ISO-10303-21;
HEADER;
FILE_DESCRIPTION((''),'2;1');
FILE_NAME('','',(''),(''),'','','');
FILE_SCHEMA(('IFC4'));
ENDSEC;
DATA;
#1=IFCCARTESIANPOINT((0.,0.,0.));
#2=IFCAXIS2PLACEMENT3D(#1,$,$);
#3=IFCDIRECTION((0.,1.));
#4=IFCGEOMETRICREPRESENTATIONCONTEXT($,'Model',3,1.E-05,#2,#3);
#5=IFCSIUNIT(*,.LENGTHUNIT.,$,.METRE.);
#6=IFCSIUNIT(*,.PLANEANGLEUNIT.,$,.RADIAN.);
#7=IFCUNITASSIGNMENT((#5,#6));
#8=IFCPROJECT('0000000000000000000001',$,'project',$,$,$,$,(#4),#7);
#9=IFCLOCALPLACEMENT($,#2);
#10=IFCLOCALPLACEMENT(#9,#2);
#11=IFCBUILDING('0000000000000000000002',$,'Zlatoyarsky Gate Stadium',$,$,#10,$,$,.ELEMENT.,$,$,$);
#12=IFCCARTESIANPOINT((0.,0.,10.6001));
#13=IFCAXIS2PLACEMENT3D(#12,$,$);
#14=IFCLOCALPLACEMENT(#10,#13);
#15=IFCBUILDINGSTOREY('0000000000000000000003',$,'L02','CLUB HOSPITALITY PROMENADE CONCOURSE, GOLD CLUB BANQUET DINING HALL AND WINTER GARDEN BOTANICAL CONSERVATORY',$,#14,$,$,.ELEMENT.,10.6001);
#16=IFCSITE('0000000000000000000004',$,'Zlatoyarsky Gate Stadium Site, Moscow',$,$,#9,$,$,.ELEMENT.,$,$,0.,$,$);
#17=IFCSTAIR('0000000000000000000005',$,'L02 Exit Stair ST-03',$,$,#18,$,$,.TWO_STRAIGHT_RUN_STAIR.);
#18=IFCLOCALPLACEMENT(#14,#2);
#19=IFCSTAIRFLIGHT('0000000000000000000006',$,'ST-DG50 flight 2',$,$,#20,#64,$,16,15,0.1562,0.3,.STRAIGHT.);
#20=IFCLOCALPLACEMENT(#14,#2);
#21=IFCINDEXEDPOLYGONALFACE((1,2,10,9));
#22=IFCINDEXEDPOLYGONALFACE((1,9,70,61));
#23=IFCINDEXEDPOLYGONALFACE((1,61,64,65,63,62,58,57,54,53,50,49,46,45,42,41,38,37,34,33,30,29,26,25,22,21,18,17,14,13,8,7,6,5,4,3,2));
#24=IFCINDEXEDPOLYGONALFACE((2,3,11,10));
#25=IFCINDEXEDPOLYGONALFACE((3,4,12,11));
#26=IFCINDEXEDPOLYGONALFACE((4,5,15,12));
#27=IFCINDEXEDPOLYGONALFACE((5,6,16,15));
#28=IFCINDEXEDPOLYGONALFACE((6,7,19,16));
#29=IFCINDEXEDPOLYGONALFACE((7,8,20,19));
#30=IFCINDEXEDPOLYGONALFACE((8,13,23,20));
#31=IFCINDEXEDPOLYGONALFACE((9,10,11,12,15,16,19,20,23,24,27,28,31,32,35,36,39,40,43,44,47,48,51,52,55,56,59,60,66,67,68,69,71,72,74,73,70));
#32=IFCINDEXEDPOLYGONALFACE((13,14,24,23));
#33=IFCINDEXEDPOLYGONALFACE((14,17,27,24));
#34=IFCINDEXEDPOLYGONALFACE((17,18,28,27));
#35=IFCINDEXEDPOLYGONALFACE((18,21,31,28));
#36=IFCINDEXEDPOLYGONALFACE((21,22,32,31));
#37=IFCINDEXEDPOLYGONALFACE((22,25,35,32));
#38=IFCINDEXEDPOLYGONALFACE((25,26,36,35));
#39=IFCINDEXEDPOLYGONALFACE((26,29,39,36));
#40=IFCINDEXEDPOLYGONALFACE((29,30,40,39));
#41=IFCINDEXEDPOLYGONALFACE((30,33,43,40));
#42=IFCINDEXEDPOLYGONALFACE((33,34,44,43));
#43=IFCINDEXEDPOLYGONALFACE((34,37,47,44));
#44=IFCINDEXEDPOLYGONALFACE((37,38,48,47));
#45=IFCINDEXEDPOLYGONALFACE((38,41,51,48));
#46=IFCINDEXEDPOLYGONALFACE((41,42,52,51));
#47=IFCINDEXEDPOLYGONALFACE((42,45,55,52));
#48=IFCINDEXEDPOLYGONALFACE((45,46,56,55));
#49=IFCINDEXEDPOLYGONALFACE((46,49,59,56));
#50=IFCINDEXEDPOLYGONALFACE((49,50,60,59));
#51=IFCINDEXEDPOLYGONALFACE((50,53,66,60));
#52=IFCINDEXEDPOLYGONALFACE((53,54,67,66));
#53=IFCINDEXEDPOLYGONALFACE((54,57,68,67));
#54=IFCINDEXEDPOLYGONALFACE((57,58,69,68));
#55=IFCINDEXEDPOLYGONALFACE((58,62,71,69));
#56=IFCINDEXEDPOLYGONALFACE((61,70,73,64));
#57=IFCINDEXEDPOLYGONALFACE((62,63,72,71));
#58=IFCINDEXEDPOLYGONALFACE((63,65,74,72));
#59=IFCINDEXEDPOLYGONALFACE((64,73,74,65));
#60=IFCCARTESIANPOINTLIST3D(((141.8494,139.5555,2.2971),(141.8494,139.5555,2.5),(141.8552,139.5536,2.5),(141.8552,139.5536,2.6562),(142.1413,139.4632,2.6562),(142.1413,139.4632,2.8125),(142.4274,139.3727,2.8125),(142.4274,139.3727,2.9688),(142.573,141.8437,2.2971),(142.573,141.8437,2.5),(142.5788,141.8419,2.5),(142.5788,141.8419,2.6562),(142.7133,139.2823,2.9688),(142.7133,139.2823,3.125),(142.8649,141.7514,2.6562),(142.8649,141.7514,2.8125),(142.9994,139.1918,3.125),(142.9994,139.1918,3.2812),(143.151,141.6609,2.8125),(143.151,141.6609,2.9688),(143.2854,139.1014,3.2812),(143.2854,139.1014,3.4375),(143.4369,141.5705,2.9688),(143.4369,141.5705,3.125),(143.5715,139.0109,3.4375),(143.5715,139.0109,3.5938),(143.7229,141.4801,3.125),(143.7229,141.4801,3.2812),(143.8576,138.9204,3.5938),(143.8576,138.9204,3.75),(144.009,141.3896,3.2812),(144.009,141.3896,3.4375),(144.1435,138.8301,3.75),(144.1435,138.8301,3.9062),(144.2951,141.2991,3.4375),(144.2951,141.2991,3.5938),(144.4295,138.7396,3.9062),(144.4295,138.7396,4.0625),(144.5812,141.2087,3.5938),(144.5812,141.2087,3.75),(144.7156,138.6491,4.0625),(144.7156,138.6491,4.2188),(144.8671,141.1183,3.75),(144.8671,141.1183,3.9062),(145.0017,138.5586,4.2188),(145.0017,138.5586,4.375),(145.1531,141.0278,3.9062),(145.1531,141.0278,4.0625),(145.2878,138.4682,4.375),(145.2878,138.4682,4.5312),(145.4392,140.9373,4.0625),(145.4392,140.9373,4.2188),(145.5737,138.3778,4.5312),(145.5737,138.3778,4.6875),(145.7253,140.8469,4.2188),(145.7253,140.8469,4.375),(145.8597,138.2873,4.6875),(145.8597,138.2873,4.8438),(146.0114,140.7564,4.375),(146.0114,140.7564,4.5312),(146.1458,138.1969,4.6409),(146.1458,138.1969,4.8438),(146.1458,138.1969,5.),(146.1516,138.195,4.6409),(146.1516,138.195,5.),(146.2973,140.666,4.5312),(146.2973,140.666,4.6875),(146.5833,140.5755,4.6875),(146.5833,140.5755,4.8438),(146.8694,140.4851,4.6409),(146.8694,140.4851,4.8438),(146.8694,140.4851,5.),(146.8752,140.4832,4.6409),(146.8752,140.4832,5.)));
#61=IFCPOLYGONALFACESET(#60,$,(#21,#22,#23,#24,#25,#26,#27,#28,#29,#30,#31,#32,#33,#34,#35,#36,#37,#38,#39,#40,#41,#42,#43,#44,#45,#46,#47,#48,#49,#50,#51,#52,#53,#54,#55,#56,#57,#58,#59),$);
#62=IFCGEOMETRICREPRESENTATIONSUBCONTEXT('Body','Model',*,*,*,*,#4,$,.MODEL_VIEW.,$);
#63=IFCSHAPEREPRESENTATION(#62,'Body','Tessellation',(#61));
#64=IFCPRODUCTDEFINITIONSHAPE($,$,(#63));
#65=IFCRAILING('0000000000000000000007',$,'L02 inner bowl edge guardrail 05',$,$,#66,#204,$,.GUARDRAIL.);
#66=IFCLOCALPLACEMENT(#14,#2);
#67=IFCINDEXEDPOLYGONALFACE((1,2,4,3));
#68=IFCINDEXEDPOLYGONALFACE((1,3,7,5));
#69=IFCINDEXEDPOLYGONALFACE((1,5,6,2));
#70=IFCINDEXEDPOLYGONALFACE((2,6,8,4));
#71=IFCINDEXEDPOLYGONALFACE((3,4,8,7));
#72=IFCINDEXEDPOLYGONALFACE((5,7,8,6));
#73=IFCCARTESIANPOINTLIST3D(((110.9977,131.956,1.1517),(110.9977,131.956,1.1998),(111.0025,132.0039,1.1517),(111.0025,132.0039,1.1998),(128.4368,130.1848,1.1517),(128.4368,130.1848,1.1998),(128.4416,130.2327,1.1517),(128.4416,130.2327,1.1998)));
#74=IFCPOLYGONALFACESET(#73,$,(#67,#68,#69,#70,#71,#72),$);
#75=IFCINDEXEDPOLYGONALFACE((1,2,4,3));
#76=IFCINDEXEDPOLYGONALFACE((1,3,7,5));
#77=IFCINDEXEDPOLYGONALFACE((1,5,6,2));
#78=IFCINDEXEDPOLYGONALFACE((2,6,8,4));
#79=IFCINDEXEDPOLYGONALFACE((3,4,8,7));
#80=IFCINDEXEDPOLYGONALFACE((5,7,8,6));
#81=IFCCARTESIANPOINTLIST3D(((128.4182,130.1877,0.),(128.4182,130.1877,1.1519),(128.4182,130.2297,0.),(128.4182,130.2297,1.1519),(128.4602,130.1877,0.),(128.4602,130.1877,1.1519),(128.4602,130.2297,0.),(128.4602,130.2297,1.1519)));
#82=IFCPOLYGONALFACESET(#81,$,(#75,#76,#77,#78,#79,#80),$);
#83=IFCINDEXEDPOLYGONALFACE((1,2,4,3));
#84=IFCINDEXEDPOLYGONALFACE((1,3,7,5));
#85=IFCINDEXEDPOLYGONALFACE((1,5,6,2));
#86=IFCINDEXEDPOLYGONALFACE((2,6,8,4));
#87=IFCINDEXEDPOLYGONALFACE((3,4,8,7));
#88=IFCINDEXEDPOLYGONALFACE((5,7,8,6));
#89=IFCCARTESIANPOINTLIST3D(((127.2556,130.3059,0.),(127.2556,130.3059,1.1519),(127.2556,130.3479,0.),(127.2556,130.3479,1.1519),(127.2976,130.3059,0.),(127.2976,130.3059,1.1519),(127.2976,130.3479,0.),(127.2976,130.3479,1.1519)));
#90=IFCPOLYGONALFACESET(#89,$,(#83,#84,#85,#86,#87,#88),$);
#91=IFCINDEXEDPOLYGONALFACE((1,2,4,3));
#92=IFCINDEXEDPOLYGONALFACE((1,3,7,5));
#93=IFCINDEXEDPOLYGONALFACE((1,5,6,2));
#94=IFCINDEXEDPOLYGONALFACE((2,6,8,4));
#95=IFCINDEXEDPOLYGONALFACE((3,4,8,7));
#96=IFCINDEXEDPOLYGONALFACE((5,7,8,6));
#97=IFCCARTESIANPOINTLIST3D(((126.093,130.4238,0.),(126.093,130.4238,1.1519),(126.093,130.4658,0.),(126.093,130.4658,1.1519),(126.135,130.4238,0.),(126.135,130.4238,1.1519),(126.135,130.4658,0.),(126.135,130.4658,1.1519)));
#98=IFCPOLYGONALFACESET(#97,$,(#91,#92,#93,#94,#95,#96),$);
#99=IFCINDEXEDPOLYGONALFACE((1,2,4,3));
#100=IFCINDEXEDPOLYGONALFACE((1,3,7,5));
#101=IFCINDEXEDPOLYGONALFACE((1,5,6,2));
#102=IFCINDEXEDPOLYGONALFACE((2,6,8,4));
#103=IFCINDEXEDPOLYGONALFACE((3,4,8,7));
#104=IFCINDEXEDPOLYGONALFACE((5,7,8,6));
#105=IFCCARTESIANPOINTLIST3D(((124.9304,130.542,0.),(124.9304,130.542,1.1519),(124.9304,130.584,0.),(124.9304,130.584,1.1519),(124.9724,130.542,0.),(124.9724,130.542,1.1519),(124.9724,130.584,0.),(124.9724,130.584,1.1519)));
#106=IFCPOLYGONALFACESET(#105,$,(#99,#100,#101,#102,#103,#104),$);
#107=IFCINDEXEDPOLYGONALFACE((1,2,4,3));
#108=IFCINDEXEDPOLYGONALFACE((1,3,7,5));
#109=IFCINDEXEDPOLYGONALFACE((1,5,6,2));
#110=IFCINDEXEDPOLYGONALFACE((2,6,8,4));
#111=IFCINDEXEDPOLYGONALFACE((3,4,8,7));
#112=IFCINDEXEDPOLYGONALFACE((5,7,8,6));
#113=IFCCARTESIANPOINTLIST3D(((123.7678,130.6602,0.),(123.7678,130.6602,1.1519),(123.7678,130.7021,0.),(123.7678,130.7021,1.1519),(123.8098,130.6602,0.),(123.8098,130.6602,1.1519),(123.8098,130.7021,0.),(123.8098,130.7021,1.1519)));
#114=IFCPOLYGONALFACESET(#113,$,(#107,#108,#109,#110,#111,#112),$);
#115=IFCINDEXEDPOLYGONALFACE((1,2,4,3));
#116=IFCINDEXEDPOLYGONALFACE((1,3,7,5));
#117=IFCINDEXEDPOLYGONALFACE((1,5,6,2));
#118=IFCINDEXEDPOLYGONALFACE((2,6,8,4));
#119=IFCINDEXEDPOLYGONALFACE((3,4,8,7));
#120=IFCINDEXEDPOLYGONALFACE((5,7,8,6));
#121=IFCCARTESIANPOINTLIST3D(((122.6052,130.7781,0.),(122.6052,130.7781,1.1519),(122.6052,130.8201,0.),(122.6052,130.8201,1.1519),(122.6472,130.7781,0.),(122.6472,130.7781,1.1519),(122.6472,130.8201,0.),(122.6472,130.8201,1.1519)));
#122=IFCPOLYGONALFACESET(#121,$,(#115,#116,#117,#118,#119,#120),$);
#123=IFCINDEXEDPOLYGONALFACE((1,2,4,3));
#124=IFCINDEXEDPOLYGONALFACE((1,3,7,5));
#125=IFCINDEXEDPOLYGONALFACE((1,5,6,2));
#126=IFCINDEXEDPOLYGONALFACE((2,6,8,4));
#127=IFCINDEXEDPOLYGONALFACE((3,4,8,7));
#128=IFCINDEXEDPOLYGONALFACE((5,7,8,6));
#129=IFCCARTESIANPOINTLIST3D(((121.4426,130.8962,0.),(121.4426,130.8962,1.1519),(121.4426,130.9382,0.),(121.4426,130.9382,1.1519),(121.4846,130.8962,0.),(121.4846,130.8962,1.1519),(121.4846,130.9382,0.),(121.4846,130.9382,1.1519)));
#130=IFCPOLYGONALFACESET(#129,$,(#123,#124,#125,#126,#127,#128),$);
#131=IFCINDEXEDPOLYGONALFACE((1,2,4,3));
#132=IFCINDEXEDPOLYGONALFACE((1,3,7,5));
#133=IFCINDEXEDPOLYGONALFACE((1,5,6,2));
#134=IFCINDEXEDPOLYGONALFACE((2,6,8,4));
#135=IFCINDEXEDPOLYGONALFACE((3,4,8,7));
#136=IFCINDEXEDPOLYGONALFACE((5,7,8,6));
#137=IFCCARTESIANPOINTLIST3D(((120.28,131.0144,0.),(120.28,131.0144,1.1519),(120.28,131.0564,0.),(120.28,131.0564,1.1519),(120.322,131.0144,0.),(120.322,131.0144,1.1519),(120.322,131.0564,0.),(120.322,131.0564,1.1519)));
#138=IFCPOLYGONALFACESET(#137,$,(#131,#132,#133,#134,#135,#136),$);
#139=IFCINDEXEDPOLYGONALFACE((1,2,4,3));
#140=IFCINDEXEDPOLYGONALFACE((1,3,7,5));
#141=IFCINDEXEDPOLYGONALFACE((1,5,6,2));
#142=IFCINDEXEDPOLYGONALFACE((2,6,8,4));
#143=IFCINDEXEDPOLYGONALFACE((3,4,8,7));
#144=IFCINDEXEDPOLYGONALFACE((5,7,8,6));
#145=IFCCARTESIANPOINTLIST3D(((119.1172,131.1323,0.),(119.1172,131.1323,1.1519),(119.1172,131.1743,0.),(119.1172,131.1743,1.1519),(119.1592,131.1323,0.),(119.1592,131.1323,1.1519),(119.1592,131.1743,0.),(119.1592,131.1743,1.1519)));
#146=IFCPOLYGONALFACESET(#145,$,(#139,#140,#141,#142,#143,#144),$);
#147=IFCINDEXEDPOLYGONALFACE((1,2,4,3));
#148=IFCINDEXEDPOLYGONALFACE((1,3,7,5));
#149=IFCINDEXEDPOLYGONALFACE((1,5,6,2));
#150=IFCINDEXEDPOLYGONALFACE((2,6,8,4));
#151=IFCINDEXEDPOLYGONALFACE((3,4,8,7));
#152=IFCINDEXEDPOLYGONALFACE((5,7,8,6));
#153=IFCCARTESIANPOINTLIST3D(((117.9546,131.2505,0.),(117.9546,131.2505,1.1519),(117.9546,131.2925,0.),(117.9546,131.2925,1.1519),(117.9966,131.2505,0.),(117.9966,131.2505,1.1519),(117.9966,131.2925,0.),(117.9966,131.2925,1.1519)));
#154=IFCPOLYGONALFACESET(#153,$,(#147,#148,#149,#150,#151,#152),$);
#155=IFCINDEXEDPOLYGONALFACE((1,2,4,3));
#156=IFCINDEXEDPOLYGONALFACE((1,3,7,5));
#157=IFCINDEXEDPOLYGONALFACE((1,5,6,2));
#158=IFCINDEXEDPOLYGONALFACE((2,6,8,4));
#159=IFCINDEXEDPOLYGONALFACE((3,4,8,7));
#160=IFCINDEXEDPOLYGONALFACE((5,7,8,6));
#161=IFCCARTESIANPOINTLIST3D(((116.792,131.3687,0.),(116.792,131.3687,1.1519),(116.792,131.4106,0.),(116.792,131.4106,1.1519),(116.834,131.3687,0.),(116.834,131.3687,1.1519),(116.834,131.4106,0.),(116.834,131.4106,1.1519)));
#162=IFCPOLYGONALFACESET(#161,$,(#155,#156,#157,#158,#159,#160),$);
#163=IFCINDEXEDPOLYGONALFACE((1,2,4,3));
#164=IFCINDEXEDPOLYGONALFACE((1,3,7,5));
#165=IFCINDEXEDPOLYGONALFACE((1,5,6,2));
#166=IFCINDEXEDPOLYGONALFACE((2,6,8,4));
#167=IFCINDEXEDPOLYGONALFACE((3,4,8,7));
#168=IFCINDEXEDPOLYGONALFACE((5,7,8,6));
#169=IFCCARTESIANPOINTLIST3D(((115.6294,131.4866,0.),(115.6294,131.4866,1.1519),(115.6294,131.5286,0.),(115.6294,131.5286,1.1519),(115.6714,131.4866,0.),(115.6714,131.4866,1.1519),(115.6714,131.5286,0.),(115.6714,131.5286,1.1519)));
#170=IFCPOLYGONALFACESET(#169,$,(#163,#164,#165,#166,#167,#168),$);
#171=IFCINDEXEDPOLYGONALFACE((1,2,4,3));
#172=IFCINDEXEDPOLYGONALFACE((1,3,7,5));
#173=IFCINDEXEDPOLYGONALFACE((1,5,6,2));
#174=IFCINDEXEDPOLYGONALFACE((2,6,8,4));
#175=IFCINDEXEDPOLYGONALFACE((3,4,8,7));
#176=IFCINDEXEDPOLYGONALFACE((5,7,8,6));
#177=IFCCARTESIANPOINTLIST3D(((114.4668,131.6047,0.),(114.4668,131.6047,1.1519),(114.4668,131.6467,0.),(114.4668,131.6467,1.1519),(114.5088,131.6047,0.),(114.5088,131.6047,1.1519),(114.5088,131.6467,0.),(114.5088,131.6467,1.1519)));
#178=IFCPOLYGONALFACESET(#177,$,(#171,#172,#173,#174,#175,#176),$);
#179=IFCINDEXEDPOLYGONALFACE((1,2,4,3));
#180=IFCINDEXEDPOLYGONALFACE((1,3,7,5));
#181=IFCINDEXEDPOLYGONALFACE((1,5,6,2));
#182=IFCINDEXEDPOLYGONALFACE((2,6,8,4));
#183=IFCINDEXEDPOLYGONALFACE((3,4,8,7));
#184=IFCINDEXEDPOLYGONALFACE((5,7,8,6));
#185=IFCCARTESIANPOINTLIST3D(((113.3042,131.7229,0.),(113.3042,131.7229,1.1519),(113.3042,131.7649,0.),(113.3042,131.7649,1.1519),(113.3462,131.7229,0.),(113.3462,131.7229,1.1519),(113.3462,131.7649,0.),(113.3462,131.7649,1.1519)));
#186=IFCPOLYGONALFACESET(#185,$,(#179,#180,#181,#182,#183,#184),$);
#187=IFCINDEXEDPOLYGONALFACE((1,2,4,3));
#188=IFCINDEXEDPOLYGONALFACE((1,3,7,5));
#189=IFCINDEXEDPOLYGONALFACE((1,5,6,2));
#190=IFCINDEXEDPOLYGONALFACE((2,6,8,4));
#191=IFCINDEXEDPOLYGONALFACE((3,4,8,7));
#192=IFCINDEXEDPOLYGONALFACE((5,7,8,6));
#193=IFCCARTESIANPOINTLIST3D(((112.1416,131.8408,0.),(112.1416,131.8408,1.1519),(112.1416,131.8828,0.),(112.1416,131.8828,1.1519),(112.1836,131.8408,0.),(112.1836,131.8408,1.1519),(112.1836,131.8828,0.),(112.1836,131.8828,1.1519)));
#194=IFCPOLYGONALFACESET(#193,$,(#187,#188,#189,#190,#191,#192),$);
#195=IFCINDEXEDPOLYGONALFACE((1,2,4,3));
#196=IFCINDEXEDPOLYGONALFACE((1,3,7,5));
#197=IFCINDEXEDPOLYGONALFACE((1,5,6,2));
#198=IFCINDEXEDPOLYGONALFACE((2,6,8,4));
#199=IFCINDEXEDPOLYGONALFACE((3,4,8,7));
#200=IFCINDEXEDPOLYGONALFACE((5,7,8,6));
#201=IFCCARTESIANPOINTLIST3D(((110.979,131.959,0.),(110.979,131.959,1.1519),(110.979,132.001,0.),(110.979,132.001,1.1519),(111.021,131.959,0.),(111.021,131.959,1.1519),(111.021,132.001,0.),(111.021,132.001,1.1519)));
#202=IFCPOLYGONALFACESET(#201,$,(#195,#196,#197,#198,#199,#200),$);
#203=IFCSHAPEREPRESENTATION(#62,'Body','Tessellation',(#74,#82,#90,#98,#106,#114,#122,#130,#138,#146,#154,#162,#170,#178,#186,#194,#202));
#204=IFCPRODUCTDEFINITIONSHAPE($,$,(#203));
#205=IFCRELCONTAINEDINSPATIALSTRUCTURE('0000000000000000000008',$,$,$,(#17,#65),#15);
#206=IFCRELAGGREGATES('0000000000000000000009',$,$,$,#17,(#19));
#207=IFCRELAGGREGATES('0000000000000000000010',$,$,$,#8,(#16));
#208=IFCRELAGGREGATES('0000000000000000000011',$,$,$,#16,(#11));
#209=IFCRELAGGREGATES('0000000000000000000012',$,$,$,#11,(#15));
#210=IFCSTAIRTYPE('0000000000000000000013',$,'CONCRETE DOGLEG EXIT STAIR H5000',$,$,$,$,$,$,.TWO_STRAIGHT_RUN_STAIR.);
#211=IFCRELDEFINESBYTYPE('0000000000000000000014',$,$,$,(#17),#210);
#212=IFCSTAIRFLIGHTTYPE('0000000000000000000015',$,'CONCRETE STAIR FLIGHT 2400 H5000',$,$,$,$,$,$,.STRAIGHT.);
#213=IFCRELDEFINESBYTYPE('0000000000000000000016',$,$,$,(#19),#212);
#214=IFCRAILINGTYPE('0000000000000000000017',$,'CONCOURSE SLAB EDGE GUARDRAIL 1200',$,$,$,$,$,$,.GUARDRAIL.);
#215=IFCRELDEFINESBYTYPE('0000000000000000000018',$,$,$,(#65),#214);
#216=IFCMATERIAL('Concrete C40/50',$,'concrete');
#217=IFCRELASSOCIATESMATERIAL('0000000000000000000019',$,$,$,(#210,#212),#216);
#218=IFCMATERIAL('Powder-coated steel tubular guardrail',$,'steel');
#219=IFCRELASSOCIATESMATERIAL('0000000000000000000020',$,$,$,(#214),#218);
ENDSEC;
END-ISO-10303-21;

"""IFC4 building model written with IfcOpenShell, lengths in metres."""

from ifc_helpers import new_model, si_unit, direction, frame, origin, origin_2d, place, context, subcontext, project, spatial, polyline, rectangle, outline, extrude, material, type_object, element, aggregate, save


model = new_model("IFC4")

# Units and contexts
model_context = context("Model", 3, precision=1e-05, world=origin(), true_north=direction((0.0, 1.0)))
body_context = subcontext(model_context, "Body", "Model", "MODEL_VIEW")
ifc_project = project(units=[si_unit("LENGTHUNIT", "METRE"), si_unit("PLANEANGLEUNIT", "RADIAN")], contexts=[model_context])

# Site, building, storey
site_placement = place(None, origin())
site = spatial("IfcSite", under=ifc_project, at=site_placement, Name="Zlatoyarsky Gate Stadium Site, Moscow", CompositionType="ELEMENT", RefElevation=0.0)
building_placement = place(site_placement, origin())
building = spatial("IfcBuilding", under=site, at=building_placement, Name="Zlatoyarsky Gate Stadium", CompositionType="ELEMENT")
storey_placement = place(building_placement, frame((0.0, 0.0, 10.6001)))
storey = spatial("IfcBuildingStorey", under=building, at=storey_placement, Name="L02", Description="CLUB HOSPITALITY PROMENADE CONCOURSE, GOLD CLUB BANQUET DINING HALL AND WINTER GARDEN BOTANICAL CONSERVATORY", CompositionType="ELEMENT", Elevation=10.6001)

# Shared definitions
ifc_material_1 = material(Name="Concrete C40/50", Category="concrete")

# Stair, stair flight
stair_type = type_object("IfcStairType", Name="CONCRETE DOGLEG EXIT STAIR H5000", PredefinedType="TWO_STRAIGHT_RUN_STAIR", material=ifc_material_1)
stair_placement = place(storey_placement, origin())
stair = element("IfcStair", 1, at=stair_placement, inside=storey, type_object=stair_type, Name="L02 Exit Stair ST-03", PredefinedType="TWO_STRAIGHT_RUN_STAIR")
stair_flight_type = type_object("IfcStairFlightType", Name="CONCRETE STAIR FLIGHT 2400 H5000", PredefinedType="STRAIGHT", material=ifc_material_1)
stair_flight_placement = place(storey_placement, frame((142.217, 140.6978, 2.5), z_axis=(0.0, 0.0, 1.0), x_axis=(0.953463, -0.30151, 0.0)))
stair_flight = element("IfcStairFlight", 2, at=stair_flight_placement, type_object=stair_flight_type, Name="ST-DG50 flight 2", NumberOfRisers=16, NumberOfTreads=15, PredefinedType="STRAIGHT", RiserHeight=0.1562, TreadLength=0.3, context=body_context, shape_type="SweptSolid", body=[
    extrude(outline(polyline([(-0.0061, -0.2029), (-0.0061, 0.0), (0.0, 0.0), (0.0, 0.1562), (0.3, 0.1562), (0.3, 0.3125), (0.6001, 0.3125), (0.6001, 0.4688), (0.8999, 0.4688), (0.8999, 0.625), (1.2, 0.625), (1.2, 0.7812), (1.5, 0.7812), (1.5, 0.9375), (1.8, 0.9375), (1.8, 1.0938), (2.1001, 1.0938), (2.1001, 1.25), (2.3999, 1.25), (2.3999, 1.4062), (2.7, 1.4062), (2.7, 1.5625), (3.0, 1.5625), (3.0, 1.7188), (3.3, 1.7188), (3.3, 1.875), (3.6001, 1.875), (3.6001, 2.0312), (3.8999, 2.0312), (3.8999, 2.1875), (4.2, 2.1875), (4.2, 2.3438), (4.5, 2.3438), (4.5, 2.5), (4.5061, 2.5), (4.5061, 2.1409), (4.5, 2.1409), (-0.0061, -0.2029)])), frame((0.0, 1.2, 0.0), z_axis=(0.0, -1.0, 0.0), x_axis=(1.0, 0.0, 0.0)), (0.0, 0.0, 1.0), 2.3999),
])
aggregate(stair, [stair_flight])

# Railing
ifc_material_2 = material(Name="Powder-coated steel tubular guardrail", Category="steel")
railing_type_1 = type_object("IfcRailingType", Name="CONCOURSE SLAB EDGE GUARDRAIL 1200", PredefinedType="GUARDRAIL", material=ifc_material_2)
railing_1_placement = place(storey_placement, frame((128.4392, 130.2087, 0.0)))
element("IfcRailing", 3, at=railing_1_placement, inside=storey, type_object=railing_type_1, Name="L02 inner bowl edge guardrail 05", PredefinedType="GUARDRAIL", context=body_context, shape_type="SweptSolid", body=[
    extrude(rectangle(XDim=0.0481, YDim=0.0481, at=origin_2d()), frame((0.0, 0.0, 1.1758), z_axis=(-0.994882, 0.101047, 0.0), x_axis=(-0.101047, -0.994882, 0.0)), (0.0, 0.0, 1.0), 17.5288),
    extrude(rectangle(XDim=0.042, YDim=0.042, at=origin_2d()), origin(), (0.0, 0.0, 1.0), 1.1519),
    extrude(rectangle(XDim=0.042, YDim=0.042, at=origin_2d()), frame((-1.1626, 0.1182, 0.0)), (0.0, 0.0, 1.0), 1.1519),
    extrude(rectangle(XDim=0.042, YDim=0.042, at=origin_2d()), frame((-2.3252, 0.2361, 0.0)), (0.0, 0.0, 1.0), 1.1519),
    extrude(rectangle(XDim=0.042, YDim=0.042, at=origin_2d()), frame((-3.4878, 0.3542, 0.0)), (0.0, 0.0, 1.0), 1.1519),
    extrude(rectangle(XDim=0.042, YDim=0.042, at=origin_2d()), frame((-4.6504, 0.4724, 0.0)), (0.0, 0.0, 1.0), 1.1519),
    extrude(rectangle(XDim=0.042, YDim=0.042, at=origin_2d()), frame((-5.813, 0.5903, 0.0)), (0.0, 0.0, 1.0), 1.1519),
    extrude(rectangle(XDim=0.042, YDim=0.042, at=origin_2d()), frame((-6.9756, 0.7085, 0.0)), (0.0, 0.0, 1.0), 1.1519),
    extrude(rectangle(XDim=0.042, YDim=0.042, at=origin_2d()), frame((-8.1382, 0.8267, 0.0)), (0.0, 0.0, 1.0), 1.1519),
    extrude(rectangle(XDim=0.042, YDim=0.042, at=origin_2d()), frame((-9.301, 0.9446, 0.0)), (0.0, 0.0, 1.0), 1.1519),
    extrude(rectangle(XDim=0.042, YDim=0.042, at=origin_2d()), frame((-10.4636, 1.0627, 0.0)), (0.0, 0.0, 1.0), 1.1519),
    extrude(rectangle(XDim=0.042, YDim=0.042, at=origin_2d()), frame((-11.6262, 1.1809, 0.0)), (0.0, 0.0, 1.0), 1.1519),
    extrude(rectangle(XDim=0.042, YDim=0.042, at=origin_2d()), frame((-12.7888, 1.2988, 0.0)), (0.0, 0.0, 1.0), 1.1519),
    extrude(rectangle(XDim=0.042, YDim=0.042, at=origin_2d()), frame((-13.9514, 1.417, 0.0)), (0.0, 0.0, 1.0), 1.1519),
    extrude(rectangle(XDim=0.042, YDim=0.042, at=origin_2d()), frame((-15.114, 1.5352, 0.0)), (0.0, 0.0, 1.0), 1.1519),
    extrude(rectangle(XDim=0.042, YDim=0.042, at=origin_2d()), frame((-16.2766, 1.6531, 0.0)), (0.0, 0.0, 1.0), 1.1519),
    extrude(rectangle(XDim=0.042, YDim=0.042, at=origin_2d()), frame((-17.4392, 1.7712, 0.0)), (0.0, 0.0, 1.0), 1.1519),
])

save(model, "model.ifc")
